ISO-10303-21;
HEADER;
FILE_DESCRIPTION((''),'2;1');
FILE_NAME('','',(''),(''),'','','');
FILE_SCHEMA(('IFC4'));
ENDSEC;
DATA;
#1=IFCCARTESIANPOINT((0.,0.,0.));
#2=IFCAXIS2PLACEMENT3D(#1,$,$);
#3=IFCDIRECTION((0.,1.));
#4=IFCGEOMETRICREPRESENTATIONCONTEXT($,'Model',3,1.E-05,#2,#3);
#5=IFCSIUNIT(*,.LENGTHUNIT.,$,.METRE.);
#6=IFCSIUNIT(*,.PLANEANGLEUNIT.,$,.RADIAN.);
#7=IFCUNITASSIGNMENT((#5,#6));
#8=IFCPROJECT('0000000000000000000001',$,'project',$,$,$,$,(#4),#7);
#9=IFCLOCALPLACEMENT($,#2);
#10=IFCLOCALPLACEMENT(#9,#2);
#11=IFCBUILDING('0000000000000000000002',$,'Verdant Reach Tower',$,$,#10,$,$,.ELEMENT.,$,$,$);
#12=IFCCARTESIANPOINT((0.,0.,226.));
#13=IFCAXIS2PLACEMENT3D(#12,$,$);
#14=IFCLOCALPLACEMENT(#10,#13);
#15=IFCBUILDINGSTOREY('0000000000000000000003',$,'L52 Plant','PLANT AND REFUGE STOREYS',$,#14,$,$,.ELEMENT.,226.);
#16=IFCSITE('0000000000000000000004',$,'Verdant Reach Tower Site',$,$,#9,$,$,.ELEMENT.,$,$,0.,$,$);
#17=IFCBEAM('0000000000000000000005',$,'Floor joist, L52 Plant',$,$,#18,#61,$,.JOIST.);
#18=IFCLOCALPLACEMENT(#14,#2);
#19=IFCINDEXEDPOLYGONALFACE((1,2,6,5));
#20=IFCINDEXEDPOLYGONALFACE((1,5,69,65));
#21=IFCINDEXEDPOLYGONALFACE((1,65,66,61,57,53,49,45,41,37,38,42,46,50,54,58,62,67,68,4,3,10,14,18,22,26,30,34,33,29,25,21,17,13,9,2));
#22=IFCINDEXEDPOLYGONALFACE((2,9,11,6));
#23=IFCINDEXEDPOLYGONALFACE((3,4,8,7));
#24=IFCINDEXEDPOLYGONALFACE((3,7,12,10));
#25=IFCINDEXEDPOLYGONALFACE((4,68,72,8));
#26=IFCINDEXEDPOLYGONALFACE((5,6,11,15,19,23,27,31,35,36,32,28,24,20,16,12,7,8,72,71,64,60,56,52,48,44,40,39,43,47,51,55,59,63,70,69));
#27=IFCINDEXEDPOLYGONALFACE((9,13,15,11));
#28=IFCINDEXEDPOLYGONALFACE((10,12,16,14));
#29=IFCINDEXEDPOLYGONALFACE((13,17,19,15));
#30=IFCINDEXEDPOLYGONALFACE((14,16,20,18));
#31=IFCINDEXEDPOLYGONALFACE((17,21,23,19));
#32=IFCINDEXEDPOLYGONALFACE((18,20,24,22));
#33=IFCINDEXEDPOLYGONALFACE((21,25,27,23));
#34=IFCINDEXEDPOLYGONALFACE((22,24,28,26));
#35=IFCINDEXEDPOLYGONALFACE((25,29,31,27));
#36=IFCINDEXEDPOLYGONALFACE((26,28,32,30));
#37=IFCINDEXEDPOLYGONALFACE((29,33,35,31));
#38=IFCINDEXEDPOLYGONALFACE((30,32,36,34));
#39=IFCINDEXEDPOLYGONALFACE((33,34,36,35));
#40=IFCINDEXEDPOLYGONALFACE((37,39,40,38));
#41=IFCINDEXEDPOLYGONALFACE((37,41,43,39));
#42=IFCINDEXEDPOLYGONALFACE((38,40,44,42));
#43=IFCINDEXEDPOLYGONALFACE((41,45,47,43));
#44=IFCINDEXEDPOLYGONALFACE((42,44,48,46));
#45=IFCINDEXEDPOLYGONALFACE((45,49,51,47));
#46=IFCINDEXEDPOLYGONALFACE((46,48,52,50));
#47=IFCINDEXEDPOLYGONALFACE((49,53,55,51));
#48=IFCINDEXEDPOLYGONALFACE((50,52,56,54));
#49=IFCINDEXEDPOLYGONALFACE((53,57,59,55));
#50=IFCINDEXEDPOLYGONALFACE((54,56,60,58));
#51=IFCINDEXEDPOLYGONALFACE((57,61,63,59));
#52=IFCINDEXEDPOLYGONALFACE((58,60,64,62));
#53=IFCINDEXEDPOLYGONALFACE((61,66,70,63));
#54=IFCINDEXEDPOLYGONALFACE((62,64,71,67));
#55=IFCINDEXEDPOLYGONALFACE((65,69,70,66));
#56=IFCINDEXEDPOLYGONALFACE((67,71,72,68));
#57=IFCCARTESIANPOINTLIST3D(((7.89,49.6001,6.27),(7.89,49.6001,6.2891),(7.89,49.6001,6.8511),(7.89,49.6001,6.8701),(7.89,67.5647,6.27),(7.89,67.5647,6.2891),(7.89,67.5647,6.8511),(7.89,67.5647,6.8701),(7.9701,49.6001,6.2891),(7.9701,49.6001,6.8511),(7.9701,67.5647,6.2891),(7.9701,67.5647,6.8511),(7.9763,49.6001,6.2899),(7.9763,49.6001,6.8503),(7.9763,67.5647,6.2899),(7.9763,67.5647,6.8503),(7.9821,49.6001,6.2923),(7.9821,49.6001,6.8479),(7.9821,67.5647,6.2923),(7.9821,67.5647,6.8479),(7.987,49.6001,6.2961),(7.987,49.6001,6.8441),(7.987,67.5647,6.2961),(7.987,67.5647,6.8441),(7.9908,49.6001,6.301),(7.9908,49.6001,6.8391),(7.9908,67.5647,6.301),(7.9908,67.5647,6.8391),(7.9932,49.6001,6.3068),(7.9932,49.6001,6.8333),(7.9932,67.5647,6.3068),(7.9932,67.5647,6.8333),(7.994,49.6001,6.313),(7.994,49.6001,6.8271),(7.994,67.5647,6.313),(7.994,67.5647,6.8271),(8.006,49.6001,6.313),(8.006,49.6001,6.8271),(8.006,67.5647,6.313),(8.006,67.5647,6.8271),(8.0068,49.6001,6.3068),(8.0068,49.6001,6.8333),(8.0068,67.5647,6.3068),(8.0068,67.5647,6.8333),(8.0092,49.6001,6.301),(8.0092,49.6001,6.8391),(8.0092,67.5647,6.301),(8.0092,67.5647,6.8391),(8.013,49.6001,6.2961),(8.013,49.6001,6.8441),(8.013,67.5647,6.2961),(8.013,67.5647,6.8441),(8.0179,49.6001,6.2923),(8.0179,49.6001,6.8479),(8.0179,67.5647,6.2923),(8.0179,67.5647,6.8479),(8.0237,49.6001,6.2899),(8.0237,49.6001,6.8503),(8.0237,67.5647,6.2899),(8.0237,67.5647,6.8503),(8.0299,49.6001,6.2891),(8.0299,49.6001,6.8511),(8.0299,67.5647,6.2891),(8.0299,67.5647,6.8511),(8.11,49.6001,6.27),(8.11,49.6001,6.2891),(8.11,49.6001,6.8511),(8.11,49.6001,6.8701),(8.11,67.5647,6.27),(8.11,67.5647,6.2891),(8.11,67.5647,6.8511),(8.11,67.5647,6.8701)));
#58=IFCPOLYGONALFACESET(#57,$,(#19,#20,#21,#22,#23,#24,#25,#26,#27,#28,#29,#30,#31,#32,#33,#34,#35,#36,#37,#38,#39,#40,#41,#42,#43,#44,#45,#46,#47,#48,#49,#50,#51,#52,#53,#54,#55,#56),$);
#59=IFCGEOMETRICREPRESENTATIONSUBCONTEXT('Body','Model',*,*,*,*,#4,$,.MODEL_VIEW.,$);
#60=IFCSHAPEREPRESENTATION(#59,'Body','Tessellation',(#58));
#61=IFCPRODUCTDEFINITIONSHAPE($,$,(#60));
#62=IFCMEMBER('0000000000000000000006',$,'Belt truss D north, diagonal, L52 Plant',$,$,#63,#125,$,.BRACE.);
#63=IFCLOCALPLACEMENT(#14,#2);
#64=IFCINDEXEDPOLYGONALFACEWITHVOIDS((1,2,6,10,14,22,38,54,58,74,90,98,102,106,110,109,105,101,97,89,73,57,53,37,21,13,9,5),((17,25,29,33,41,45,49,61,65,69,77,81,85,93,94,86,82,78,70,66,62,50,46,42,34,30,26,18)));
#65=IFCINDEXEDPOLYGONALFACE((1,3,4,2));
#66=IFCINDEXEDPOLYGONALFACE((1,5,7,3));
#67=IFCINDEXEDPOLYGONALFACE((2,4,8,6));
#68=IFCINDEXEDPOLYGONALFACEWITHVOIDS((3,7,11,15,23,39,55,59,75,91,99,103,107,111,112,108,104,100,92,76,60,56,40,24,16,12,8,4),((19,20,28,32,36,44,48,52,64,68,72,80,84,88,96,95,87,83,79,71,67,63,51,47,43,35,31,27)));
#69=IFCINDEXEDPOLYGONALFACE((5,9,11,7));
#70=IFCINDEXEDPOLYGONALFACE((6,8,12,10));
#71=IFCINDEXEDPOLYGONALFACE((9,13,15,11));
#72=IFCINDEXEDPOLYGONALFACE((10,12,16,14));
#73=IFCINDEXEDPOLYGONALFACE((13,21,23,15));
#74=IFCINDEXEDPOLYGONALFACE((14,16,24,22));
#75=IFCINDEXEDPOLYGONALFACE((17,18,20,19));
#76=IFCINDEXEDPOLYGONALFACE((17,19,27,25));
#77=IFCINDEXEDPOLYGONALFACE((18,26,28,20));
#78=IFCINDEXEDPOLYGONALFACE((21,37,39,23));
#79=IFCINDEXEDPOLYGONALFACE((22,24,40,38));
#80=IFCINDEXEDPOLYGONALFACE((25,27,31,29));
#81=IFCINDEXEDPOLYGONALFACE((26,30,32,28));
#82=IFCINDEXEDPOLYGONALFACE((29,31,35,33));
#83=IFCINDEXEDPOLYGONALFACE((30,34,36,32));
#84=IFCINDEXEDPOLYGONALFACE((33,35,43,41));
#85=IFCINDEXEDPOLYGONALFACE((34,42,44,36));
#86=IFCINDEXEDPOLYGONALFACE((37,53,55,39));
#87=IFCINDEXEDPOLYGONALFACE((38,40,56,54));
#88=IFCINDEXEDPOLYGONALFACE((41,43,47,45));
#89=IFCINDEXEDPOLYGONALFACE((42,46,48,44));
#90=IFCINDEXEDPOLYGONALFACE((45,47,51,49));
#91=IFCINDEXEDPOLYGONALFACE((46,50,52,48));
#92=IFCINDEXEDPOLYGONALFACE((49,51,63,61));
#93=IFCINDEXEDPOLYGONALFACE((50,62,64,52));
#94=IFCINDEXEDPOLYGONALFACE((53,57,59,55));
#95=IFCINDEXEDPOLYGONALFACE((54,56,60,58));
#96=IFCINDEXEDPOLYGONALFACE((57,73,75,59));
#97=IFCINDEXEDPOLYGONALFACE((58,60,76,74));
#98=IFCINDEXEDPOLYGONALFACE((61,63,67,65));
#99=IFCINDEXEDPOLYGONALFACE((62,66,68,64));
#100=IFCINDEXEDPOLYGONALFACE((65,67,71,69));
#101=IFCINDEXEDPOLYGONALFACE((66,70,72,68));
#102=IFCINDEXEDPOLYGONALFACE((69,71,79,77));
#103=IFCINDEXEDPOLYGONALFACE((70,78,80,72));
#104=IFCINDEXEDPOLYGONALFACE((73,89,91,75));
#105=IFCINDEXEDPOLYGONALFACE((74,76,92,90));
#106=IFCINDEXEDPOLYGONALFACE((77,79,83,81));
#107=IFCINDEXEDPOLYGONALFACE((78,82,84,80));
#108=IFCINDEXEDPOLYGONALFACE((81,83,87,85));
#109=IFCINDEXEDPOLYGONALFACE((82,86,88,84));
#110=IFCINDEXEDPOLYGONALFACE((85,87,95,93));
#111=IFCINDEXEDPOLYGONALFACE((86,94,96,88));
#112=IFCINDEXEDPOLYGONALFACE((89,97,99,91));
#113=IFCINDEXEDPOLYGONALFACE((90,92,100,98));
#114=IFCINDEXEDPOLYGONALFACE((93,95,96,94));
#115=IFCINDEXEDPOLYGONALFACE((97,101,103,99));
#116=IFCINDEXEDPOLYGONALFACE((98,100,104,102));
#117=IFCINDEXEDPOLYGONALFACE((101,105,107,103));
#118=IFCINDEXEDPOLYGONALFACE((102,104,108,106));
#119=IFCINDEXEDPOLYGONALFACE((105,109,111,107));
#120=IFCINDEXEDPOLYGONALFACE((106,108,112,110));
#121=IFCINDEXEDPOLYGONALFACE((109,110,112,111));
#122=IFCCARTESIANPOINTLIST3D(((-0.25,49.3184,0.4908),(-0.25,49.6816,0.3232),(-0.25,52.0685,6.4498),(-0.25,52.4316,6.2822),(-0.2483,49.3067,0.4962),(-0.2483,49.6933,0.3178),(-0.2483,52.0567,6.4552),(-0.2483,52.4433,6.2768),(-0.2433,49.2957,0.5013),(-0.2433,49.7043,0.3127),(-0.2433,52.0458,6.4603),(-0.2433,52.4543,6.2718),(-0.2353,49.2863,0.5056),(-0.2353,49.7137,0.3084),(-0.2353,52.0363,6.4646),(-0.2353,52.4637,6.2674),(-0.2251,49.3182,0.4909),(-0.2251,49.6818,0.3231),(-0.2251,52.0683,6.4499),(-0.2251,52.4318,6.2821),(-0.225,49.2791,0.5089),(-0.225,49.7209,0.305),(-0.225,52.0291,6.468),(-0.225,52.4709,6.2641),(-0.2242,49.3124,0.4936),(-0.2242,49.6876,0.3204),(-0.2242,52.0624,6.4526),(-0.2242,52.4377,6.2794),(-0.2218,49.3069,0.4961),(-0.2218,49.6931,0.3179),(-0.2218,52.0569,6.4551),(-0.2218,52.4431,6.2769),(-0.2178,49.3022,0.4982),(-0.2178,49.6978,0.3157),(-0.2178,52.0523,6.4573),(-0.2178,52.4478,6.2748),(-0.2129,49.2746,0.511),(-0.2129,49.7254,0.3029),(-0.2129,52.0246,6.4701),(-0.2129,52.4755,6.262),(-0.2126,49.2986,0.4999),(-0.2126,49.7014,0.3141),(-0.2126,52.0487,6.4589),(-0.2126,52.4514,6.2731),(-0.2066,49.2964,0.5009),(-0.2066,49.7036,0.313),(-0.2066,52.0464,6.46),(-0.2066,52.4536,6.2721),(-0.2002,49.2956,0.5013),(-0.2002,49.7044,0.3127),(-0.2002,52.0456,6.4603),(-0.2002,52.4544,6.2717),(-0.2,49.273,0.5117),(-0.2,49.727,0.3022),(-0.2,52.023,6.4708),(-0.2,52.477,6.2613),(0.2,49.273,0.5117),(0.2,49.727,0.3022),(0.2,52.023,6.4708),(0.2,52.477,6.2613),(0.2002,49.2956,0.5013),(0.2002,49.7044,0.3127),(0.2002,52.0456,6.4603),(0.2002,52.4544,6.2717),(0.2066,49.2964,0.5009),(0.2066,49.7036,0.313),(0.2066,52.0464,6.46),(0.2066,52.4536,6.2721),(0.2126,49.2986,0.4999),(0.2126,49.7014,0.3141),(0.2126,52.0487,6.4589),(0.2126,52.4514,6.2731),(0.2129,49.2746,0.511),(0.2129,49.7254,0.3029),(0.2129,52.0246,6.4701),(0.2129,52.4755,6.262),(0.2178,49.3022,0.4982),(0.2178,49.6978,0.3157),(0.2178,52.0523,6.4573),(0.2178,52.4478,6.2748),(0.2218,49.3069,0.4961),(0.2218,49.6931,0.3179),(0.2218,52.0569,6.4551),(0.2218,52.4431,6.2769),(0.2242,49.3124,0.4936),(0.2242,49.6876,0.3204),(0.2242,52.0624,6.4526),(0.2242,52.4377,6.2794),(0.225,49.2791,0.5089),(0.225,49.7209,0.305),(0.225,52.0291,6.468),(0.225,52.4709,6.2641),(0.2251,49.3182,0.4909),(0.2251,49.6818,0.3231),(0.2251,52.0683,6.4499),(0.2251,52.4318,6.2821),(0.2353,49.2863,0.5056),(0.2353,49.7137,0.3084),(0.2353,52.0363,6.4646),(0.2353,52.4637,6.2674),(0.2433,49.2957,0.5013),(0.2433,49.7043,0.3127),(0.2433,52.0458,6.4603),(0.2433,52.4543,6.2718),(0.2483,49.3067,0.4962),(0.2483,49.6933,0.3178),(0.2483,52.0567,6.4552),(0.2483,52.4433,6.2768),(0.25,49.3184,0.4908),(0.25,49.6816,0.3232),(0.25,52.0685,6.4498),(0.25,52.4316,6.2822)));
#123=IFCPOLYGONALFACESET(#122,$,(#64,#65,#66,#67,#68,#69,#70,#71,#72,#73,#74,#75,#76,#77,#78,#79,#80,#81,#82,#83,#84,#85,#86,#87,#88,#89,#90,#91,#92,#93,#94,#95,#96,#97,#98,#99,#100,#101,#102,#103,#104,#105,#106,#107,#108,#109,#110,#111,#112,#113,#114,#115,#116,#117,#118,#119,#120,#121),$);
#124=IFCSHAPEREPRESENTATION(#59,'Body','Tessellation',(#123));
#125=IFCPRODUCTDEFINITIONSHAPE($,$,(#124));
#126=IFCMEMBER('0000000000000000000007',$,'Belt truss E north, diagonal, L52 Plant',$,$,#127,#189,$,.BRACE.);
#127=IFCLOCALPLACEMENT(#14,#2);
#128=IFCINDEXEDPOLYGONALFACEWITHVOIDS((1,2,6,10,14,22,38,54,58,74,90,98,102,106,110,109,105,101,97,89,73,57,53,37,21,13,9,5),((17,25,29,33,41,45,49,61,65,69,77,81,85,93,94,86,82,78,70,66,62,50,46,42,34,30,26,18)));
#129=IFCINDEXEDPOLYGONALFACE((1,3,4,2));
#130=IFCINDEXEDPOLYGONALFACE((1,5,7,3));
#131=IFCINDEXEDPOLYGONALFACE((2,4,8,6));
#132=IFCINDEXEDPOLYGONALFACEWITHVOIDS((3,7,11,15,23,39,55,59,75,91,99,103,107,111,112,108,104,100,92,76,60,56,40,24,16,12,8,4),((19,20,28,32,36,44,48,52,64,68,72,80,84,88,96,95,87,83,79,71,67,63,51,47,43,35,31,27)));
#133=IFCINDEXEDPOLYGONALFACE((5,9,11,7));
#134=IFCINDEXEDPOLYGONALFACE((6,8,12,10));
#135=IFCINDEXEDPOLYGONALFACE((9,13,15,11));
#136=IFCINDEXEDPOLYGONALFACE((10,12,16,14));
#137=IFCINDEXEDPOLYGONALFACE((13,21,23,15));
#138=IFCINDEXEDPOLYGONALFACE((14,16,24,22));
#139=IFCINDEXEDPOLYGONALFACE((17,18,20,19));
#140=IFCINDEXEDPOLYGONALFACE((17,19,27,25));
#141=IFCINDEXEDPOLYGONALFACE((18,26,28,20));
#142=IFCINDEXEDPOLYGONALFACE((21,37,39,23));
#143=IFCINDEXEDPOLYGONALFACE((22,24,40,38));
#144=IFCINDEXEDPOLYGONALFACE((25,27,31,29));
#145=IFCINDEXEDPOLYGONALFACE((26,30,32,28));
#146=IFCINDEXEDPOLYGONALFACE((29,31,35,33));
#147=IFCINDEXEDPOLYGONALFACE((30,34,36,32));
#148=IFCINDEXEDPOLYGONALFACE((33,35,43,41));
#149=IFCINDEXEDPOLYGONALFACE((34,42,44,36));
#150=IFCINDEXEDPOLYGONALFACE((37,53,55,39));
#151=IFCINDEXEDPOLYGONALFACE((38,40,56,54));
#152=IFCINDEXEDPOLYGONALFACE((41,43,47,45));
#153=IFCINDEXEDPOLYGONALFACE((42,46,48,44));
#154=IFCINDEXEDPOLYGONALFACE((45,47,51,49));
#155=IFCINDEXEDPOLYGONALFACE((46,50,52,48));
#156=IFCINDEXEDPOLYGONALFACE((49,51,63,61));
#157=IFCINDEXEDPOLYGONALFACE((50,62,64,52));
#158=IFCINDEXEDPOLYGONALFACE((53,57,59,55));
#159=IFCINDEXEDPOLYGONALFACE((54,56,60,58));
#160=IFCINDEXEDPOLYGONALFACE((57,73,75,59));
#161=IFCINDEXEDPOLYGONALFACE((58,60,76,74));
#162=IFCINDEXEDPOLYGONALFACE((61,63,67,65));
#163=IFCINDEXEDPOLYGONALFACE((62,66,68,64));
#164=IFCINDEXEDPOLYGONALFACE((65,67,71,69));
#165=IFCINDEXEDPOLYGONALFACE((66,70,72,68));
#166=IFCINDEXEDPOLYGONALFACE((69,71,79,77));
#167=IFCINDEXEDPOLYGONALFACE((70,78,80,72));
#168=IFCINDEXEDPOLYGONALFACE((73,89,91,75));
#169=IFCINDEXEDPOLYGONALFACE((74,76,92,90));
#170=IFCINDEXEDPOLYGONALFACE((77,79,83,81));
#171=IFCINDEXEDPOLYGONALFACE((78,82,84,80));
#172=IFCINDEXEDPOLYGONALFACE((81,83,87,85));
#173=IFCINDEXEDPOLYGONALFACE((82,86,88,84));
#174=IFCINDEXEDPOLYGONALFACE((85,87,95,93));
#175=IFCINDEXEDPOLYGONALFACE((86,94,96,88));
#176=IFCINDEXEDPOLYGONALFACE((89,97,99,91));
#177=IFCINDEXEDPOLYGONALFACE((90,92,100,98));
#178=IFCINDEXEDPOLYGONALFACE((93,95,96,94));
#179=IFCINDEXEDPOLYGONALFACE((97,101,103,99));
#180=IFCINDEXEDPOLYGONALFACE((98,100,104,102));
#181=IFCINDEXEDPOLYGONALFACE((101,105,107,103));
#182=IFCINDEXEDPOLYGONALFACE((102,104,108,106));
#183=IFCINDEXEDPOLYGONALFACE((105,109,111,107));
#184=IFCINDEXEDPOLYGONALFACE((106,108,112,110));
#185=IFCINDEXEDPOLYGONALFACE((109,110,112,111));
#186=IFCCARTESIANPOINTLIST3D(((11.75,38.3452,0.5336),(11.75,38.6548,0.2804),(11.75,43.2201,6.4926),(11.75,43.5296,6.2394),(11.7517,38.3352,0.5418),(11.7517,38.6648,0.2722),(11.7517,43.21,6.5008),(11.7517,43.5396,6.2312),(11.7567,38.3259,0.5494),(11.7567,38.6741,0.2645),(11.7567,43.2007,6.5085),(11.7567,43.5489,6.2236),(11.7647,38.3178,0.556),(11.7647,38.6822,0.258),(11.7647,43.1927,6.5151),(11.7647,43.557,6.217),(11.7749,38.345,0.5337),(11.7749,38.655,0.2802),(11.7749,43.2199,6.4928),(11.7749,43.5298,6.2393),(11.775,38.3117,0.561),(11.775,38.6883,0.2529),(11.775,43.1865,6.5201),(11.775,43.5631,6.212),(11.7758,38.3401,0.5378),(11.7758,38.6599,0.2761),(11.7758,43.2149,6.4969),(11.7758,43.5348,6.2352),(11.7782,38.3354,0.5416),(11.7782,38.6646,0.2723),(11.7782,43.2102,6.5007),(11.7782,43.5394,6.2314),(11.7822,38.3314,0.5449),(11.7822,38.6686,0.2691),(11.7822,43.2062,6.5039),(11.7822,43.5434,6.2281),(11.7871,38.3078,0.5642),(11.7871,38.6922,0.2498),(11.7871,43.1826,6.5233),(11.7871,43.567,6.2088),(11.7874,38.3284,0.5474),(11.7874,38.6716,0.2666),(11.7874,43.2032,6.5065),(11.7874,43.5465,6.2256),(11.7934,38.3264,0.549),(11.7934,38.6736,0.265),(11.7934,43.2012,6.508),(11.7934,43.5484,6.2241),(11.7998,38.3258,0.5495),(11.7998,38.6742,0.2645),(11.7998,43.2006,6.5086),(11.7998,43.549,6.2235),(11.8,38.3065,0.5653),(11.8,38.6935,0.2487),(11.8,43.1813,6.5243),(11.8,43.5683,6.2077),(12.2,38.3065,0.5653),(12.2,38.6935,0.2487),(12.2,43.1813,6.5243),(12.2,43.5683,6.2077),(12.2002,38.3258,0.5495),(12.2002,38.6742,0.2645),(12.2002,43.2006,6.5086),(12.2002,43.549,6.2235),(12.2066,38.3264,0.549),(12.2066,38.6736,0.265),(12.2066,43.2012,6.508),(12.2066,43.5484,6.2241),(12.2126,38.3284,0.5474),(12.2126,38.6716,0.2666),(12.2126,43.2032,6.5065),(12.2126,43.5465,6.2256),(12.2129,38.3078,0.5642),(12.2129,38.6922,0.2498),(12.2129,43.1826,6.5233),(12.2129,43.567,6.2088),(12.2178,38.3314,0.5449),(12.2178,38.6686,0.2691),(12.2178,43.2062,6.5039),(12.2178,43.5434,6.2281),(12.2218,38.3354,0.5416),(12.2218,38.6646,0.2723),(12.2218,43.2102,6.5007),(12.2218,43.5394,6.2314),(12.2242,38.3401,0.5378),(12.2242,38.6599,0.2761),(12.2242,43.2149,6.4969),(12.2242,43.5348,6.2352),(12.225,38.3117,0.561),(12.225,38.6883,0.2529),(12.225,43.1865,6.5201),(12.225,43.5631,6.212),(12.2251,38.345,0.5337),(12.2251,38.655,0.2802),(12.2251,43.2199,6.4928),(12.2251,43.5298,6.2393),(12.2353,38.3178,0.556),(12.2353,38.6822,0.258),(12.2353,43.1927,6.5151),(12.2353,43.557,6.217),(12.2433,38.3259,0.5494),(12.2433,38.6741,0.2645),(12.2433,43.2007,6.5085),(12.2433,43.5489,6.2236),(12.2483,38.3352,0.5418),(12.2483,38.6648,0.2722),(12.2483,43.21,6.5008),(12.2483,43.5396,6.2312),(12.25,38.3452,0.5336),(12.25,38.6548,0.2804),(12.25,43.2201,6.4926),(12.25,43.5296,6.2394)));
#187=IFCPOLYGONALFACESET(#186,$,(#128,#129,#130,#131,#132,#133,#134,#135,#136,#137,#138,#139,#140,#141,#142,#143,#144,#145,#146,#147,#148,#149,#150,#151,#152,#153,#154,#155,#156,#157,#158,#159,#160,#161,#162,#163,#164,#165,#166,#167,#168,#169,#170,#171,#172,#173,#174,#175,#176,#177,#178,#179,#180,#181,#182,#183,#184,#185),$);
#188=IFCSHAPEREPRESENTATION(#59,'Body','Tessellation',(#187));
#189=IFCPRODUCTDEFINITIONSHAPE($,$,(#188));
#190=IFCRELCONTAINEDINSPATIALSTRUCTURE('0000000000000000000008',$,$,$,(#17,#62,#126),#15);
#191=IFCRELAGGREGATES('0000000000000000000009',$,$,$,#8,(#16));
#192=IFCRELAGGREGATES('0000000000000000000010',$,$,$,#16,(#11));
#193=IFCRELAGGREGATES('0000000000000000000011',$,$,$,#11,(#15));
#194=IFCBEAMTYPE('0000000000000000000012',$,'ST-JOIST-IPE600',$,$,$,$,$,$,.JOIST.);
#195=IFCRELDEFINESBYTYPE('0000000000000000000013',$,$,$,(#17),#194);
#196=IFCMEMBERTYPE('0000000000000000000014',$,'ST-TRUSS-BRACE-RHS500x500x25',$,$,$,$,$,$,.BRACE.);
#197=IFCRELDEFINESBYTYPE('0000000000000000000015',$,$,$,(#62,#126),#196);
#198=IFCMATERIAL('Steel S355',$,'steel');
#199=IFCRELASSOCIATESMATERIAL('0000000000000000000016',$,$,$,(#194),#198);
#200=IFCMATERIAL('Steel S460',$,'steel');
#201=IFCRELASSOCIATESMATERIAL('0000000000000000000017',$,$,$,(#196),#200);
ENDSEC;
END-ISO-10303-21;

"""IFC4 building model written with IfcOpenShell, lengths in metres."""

from ifc_helpers import new_model, si_unit, direction, frame, origin, origin_2d, place, context, subcontext, project, spatial, hollow_rectangle, i_section, extrude, material, material_profile, profile_set, type_object, element, save


model = new_model("IFC4")

# Units and contexts
model_context = context("Model", 3, precision=1e-05, world=origin(), true_north=direction((0.0, 1.0)))
body_context = subcontext(model_context, "Body", "Model", "MODEL_VIEW")
ifc_project = project(units=[si_unit("LENGTHUNIT", "METRE"), si_unit("PLANEANGLEUNIT", "RADIAN")], contexts=[model_context])

# Site, building, storey
site_placement = place(None, origin())
site = spatial("IfcSite", under=ifc_project, at=site_placement, Name="Verdant Reach Tower Site", CompositionType="ELEMENT", RefElevation=0.0)
building_placement = place(site_placement, origin())
building = spatial("IfcBuilding", under=site, at=building_placement, Name="Verdant Reach Tower", CompositionType="ELEMENT")
storey_placement = place(building_placement, frame((0.0, 0.0, 226.0)))
storey = spatial("IfcBuildingStorey", under=building, at=storey_placement, Name="L52 Plant", Description="PLANT AND REFUGE STOREYS", CompositionType="ELEMENT", Elevation=226.0)

# Shared definitions
ifc_material_1 = material(Name="Steel S460", Category="steel")

# Beam
ifc_material_2 = material(Name="Steel S355", Category="steel")
ifc_material_profile_1 = material_profile(ifc_material_2, i_section(OverallWidth=0.22, OverallDepth=0.6001, WebThickness=0.012, FlangeThickness=0.019, FilletRadius=0.0239, at=origin_2d()), Name="IPE 600")
ifc_profile_set_1 = profile_set([ifc_material_profile_1], Name="Steel S355")
beam_type_1 = type_object("IfcBeamType", Name="ST-JOIST-IPE600", PredefinedType="JOIST", material=ifc_profile_set_1)
beam_1_placement = place(storey_placement, frame((8.0, 49.6001, 6.5701), z_axis=(0.0, 1.0, 0.0), x_axis=(-1.0, 0.0, 0.0)))
element("IfcBeam", 1, at=beam_1_placement, inside=storey, type_object=beam_type_1, Name="Floor joist, L52 Plant", PredefinedType="JOIST", context=body_context, shape_type="SweptSolid", body=[
    extrude(i_section(OverallWidth=0.22, OverallDepth=0.6001, WebThickness=0.012, FlangeThickness=0.019, FilletRadius=0.0239, at=origin_2d()), origin(), (0.0, 0.0, 1.0), 17.9646),
])

# Members
ifc_material_profile_2 = material_profile(ifc_material_1, hollow_rectangle(XDim=0.5, YDim=0.5, WallThickness=0.0249, InnerFilletRadius=0.0249, OuterFilletRadius=0.05, at=origin_2d()), Name="RHS 500x500x25")
ifc_profile_set_2 = profile_set([ifc_material_profile_2], Name="Steel S460")
member_type_1 = type_object("IfcMemberType", Name="ST-TRUSS-BRACE-RHS500x500x25", PredefinedType="BRACE", material=ifc_profile_set_2)
member_1_placement = place(storey_placement, frame((0.0, 49.5, 0.407), z_axis=(0.0, 0.41902, 0.907977), x_axis=(-1.0, 0.0, 0.0)))
element("IfcMember", 2, at=member_1_placement, inside=storey, type_object=member_type_1, Name="Belt truss D north, diagonal, L52 Plant", PredefinedType="BRACE", context=body_context, shape_type="SweptSolid", body=[
    extrude(hollow_rectangle(XDim=0.5, YDim=0.5, WallThickness=0.0249, InnerFilletRadius=0.0249, OuterFilletRadius=0.05, at=origin_2d()), origin(), (0.0, 0.0, 1.0), 6.563),
])
member_2_placement = place(storey_placement, frame((12.0, 38.5, 0.407), z_axis=(0.0, 0.633177, 0.774007), x_axis=(-1.0, 0.0, 0.0)))
element("IfcMember", 3, at=member_2_placement, inside=storey, type_object=member_type_1, Name="Belt truss E north, diagonal, L52 Plant", PredefinedType="BRACE", context=body_context, shape_type="SweptSolid", body=[
    extrude(hollow_rectangle(XDim=0.5, YDim=0.5, WallThickness=0.0249, InnerFilletRadius=0.0249, OuterFilletRadius=0.05, at=origin_2d()), origin(), (0.0, 0.0, 1.0), 7.699),
])

save(model, "model.ifc")
